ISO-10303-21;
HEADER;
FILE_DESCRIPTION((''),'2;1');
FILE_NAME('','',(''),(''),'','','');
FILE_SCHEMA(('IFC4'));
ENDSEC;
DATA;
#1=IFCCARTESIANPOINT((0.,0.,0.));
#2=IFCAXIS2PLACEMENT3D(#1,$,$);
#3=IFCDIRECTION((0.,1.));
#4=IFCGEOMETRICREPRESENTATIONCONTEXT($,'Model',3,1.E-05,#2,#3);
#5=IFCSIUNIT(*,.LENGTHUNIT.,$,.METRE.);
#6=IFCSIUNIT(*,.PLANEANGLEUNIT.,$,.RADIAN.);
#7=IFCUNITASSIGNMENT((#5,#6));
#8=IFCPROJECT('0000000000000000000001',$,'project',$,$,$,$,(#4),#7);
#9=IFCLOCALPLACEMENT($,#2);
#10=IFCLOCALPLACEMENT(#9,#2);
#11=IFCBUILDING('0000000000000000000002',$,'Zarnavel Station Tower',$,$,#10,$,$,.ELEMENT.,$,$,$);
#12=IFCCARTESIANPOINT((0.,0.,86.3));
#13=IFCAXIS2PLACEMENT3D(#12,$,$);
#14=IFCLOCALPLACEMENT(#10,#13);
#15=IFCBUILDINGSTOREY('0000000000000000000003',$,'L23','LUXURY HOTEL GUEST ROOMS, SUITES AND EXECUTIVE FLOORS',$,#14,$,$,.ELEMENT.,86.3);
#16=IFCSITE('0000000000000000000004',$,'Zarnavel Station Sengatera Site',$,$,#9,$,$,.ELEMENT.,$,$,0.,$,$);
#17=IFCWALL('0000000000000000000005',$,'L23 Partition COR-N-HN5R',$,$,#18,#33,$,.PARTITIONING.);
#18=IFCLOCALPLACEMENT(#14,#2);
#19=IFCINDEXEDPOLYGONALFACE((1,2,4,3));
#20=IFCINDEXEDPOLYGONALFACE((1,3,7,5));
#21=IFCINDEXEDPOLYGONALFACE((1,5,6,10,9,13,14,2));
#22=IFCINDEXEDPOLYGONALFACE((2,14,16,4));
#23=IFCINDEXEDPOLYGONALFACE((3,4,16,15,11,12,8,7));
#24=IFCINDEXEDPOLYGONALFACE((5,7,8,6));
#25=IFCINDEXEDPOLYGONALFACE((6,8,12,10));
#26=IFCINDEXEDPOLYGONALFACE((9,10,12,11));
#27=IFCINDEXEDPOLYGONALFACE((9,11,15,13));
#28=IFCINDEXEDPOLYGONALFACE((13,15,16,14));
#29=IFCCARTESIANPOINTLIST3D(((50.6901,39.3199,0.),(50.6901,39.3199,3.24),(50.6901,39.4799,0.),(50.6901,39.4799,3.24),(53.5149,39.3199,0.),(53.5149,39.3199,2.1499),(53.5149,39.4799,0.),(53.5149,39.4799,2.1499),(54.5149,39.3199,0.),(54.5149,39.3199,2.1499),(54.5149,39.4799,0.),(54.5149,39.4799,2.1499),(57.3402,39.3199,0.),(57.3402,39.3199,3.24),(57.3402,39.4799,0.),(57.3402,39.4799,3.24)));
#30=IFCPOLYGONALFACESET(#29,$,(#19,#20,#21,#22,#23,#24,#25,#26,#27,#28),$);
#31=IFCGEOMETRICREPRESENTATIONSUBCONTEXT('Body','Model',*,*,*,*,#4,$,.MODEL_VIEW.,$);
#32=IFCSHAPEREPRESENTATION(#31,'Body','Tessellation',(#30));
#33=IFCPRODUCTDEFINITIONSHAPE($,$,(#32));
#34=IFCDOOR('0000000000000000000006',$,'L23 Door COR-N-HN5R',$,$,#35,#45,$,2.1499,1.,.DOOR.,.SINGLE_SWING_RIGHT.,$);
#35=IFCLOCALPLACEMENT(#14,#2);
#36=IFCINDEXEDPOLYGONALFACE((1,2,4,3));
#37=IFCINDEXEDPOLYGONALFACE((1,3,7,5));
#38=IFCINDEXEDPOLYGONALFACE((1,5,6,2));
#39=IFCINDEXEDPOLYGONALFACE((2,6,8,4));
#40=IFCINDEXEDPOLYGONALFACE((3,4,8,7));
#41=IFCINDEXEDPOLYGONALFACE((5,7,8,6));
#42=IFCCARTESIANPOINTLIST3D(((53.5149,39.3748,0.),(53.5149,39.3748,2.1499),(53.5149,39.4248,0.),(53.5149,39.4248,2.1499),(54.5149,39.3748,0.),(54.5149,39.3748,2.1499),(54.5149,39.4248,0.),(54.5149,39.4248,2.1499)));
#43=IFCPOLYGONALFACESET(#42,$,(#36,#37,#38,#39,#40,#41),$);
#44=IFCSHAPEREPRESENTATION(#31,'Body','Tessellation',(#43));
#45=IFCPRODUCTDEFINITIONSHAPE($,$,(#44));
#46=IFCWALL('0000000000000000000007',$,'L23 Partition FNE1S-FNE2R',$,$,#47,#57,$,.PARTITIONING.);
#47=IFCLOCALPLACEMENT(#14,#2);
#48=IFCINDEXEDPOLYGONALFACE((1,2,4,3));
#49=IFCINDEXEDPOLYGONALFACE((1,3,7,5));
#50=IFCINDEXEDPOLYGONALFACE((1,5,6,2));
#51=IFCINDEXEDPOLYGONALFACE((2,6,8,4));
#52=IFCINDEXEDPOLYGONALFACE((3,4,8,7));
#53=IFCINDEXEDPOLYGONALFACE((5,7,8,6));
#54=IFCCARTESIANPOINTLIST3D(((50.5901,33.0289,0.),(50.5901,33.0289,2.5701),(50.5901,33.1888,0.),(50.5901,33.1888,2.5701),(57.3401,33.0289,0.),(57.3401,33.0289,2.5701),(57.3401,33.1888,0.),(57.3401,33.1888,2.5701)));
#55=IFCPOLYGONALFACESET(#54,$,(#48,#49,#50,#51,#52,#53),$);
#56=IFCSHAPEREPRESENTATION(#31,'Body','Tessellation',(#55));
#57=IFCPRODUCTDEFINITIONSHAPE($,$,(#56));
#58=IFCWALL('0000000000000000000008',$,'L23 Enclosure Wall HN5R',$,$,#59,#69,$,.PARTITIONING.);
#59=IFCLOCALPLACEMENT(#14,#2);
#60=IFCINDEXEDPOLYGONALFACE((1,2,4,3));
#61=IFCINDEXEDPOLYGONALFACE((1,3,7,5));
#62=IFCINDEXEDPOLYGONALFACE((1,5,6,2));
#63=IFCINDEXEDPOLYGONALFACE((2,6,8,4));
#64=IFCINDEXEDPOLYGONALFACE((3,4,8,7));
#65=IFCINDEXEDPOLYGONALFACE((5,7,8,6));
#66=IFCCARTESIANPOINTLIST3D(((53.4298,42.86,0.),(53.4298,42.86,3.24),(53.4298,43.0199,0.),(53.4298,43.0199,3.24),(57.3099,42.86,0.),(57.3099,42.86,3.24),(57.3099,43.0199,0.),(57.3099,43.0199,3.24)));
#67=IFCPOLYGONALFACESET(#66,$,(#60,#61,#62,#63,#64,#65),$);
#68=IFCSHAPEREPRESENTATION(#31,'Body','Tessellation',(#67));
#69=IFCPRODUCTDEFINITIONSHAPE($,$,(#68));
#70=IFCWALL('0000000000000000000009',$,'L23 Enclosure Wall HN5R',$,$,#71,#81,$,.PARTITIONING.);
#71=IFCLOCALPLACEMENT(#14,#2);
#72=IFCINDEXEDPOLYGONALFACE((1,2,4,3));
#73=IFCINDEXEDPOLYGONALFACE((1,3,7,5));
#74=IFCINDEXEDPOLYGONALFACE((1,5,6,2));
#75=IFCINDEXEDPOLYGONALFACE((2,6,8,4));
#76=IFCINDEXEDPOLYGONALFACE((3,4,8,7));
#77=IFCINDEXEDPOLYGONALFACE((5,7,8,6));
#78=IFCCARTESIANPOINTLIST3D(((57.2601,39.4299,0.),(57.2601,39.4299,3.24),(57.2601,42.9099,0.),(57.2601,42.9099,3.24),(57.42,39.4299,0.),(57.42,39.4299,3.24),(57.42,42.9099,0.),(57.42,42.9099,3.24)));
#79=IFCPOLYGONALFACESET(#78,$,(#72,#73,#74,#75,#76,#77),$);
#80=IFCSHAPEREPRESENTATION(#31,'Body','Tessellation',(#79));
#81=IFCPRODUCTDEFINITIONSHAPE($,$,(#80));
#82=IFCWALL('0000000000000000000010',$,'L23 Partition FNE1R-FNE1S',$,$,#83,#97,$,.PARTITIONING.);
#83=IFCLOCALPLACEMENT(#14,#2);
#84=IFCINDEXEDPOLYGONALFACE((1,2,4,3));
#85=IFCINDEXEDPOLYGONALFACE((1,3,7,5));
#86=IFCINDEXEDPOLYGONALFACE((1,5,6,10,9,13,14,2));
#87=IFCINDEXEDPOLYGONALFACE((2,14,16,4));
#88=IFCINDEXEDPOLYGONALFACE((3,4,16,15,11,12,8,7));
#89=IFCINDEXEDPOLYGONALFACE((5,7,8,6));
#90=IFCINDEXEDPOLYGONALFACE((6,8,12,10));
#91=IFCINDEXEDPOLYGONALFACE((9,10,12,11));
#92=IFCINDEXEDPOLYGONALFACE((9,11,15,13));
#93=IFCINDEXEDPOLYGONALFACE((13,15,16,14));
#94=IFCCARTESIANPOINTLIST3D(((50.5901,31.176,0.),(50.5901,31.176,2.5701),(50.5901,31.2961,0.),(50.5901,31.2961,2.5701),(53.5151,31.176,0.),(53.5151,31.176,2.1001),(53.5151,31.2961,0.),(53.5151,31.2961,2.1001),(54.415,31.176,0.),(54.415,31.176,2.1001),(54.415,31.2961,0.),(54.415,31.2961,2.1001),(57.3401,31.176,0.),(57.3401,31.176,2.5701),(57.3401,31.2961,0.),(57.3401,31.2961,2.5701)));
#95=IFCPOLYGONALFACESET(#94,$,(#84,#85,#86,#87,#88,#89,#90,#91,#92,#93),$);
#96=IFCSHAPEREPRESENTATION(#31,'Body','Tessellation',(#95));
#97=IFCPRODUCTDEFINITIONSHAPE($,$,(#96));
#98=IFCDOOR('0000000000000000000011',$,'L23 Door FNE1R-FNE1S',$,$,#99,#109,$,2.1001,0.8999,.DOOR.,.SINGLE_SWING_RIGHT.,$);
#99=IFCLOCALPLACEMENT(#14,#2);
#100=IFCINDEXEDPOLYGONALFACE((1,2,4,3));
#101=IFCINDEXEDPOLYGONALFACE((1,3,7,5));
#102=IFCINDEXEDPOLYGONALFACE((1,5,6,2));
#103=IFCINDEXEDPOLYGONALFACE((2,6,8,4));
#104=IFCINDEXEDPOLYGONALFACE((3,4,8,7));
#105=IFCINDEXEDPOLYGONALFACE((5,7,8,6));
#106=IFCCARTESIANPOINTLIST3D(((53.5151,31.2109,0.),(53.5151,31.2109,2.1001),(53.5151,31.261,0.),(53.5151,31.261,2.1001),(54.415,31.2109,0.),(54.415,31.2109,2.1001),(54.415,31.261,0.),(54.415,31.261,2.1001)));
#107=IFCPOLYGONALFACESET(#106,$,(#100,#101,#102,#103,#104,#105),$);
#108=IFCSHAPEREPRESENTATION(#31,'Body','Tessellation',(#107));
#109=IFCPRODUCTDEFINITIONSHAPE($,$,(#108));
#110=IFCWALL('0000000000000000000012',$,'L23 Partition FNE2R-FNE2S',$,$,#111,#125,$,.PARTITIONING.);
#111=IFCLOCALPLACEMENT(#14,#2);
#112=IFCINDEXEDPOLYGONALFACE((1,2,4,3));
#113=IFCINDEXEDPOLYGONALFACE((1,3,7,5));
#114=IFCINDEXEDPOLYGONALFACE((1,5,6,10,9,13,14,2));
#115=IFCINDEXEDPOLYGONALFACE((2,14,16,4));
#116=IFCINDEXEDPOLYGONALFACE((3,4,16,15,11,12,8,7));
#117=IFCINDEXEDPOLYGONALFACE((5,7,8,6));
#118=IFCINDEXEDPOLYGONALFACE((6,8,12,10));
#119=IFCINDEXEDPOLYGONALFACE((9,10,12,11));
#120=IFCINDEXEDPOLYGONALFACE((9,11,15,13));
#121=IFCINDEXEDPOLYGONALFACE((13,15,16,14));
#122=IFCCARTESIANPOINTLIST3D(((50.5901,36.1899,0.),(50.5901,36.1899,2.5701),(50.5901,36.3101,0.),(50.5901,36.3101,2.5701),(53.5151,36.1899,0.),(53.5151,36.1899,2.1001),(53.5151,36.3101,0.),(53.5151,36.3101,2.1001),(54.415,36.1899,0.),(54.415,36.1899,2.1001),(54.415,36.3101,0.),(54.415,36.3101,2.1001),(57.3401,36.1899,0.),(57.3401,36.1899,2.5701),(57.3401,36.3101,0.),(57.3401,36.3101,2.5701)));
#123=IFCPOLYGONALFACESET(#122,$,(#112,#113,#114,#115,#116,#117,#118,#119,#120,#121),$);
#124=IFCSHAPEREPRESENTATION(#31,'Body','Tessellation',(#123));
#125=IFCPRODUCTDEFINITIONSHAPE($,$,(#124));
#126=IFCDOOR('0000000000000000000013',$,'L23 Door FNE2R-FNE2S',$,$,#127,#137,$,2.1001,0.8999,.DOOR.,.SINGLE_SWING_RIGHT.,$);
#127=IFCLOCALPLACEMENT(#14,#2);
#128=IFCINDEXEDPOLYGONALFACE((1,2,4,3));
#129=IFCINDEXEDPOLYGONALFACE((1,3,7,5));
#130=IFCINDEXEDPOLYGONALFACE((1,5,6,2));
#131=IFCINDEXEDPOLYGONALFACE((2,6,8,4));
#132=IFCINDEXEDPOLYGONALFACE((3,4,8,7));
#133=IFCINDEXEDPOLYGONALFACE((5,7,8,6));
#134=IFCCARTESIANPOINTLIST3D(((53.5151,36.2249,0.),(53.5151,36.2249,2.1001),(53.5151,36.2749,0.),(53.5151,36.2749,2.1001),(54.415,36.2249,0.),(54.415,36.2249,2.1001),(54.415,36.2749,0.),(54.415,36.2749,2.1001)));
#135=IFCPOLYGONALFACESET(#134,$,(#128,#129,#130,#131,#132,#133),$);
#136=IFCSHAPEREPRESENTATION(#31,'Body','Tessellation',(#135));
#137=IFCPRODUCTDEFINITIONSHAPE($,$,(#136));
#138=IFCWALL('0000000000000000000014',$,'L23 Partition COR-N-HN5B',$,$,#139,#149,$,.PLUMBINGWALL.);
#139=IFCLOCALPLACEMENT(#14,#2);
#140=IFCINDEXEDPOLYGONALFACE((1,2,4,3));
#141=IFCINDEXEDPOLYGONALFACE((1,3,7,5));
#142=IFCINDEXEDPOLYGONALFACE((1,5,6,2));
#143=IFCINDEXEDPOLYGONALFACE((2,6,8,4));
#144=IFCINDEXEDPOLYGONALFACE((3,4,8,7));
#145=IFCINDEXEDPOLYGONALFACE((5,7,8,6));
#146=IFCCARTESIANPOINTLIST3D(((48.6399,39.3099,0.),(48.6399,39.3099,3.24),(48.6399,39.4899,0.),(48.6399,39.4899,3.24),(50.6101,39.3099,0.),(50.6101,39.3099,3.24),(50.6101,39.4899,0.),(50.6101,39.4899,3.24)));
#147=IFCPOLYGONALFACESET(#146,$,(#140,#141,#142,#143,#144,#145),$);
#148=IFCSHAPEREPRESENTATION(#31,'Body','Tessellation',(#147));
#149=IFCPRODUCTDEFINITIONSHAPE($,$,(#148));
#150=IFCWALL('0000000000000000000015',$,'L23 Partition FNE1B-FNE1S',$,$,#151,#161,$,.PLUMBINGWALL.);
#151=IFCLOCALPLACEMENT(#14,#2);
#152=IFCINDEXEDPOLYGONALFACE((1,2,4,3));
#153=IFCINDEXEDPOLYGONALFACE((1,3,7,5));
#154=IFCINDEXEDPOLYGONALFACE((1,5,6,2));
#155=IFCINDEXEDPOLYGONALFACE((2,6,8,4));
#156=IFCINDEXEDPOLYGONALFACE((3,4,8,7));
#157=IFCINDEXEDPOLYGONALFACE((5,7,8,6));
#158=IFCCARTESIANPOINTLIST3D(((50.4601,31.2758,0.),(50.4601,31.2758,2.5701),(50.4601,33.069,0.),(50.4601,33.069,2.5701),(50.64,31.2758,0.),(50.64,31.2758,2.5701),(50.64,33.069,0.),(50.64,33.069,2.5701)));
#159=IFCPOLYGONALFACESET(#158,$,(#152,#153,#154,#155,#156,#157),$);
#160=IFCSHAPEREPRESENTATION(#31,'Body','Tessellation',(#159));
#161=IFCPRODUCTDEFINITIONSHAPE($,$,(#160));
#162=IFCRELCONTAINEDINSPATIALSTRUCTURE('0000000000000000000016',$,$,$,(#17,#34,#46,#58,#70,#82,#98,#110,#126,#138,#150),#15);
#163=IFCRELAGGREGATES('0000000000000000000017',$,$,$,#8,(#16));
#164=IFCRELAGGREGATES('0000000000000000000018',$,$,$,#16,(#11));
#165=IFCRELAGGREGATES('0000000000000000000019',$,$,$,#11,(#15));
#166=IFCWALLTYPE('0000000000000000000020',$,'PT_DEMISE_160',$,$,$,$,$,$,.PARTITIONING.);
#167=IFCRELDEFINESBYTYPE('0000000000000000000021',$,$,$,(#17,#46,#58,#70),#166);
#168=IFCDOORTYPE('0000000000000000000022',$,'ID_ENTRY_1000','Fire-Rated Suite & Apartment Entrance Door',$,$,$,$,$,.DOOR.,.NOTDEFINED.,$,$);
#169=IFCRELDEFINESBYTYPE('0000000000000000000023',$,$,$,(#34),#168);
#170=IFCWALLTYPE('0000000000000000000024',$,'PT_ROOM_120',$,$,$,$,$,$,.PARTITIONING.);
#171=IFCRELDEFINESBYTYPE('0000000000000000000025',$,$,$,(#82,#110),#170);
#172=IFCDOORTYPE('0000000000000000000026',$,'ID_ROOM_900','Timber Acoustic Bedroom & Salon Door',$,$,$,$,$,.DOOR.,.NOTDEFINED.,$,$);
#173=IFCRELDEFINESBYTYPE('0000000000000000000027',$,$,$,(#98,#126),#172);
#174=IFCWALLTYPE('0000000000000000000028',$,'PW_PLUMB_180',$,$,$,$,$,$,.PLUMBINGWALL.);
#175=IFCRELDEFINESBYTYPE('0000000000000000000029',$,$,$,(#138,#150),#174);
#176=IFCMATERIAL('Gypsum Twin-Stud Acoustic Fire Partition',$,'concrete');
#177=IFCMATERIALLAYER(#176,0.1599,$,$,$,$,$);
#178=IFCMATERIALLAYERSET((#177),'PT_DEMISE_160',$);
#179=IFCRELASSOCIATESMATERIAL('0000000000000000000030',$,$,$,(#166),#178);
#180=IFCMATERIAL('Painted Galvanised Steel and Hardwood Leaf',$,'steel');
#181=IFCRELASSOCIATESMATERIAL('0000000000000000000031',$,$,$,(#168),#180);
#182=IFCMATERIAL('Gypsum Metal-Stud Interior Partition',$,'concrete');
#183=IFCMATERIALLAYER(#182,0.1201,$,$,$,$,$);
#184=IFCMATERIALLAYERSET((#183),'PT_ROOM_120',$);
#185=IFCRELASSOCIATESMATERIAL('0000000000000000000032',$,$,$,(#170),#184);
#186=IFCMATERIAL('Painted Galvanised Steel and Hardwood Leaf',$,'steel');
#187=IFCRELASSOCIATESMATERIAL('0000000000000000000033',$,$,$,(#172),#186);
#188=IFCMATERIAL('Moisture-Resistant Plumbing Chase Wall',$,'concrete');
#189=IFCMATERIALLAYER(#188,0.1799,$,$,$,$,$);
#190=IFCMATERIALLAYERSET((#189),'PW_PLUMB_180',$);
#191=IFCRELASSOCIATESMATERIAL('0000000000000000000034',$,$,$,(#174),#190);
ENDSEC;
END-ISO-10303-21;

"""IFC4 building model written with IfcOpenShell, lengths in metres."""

from ifc_helpers import new_model, si_unit, direction, frame, frame_2d, origin, place, context, subcontext, project, spatial, rectangle, extrude, material, layer, layer_set, type_object, element, fill, save


model = new_model("IFC4")

# Units and contexts
model_context = context("Model", 3, precision=1e-05, world=origin(), true_north=direction((0.0, 1.0)))
body_context = subcontext(model_context, "Body", "Model", "MODEL_VIEW")
ifc_project = project(units=[si_unit("LENGTHUNIT", "METRE"), si_unit("PLANEANGLEUNIT", "RADIAN")], contexts=[model_context])

# Site, building, storey
site_placement = place(None, origin())
site = spatial("IfcSite", under=ifc_project, at=site_placement, Name="Zarnavel Station Sengatera Site", CompositionType="ELEMENT", RefElevation=0.0)
building_placement = place(site_placement, origin())
building = spatial("IfcBuilding", under=site, at=building_placement, Name="Zarnavel Station Tower", CompositionType="ELEMENT")
storey_placement = place(building_placement, frame((0.0, 0.0, 86.3)))
storey = spatial("IfcBuildingStorey", under=building, at=storey_placement, Name="L23", Description="LUXURY HOTEL GUEST ROOMS, SUITES AND EXECUTIVE FLOORS", CompositionType="ELEMENT", Elevation=86.3)

# Shared definitions
ifc_material_1 = material(Name="Gypsum Twin-Stud Acoustic Fire Partition", Category="concrete")
ifc_layer_1 = layer(ifc_material_1, 0.1599)
ifc_layer_set_1 = layer_set([ifc_layer_1], Name="PT_DEMISE_160")
wall_type_1 = type_object("IfcWallType", Name="PT_DEMISE_160", PredefinedType="PARTITIONING", material=ifc_layer_set_1)

# Wall, opening, door
wall_1_placement = place(storey_placement, frame((50.6899, 39.3999, 0.0), z_axis=(0.0, 0.0, 1.0), x_axis=(1.0, 0.0, 0.0)))
wall_1 = element("IfcWall", 1, at=wall_1_placement, inside=storey, type_object=wall_type_1, Name="L23 Partition COR-N-HN5R", PredefinedType="PARTITIONING", context=body_context, shape_type="SweptSolid", body=[
    extrude(rectangle(XDim=6.6501, YDim=0.1599, at=frame_2d((3.3252, 0.0))), origin(), (0.0, 0.0, 1.0), 3.24),
])
opening_1_placement = place(wall_1_placement, frame((2.825, 0.0, 0.0)))
opening_1 = element("IfcOpeningElement", 2, at=opening_1_placement, cuts=wall_1, PredefinedType="OPENING", context=body_context, shape_type="SweptSolid", body=[
    extrude(rectangle(XDim=1.0, YDim=2.1499, at=frame_2d((0.5, 1.075))), frame((0.0, 0.0898, 0.0), z_axis=(0.0, -1.0, 0.0), x_axis=(1.0, 0.0, 0.0)), (0.0, 0.0, 1.0), 0.1799),
])
ifc_material_2 = material(Name="Painted Galvanised Steel and Hardwood Leaf", Category="steel")
door_type_1 = type_object("IfcDoorType", Name="ID_ENTRY_1000", Description="Fire-Rated Suite & Apartment Entrance Door", OperationType="NOTDEFINED", PredefinedType="DOOR", material=ifc_material_2)
door_1_placement = place(opening_1_placement, origin())
door_1 = element("IfcDoor", 3, at=door_1_placement, inside=storey, type_object=door_type_1, Name="L23 Door COR-N-HN5R", OperationType="SINGLE_SWING_RIGHT", OverallHeight=2.1499, OverallWidth=1.0, PredefinedType="DOOR", context=body_context, shape_type="SweptSolid", body=[
    extrude(rectangle(XDim=1.0, YDim=2.1499, at=frame_2d((0.5, 1.075))), frame((0.0, 0.0249, 0.0), z_axis=(0.0, -1.0, 0.0), x_axis=(1.0, 0.0, 0.0)), (0.0, 0.0, 1.0), 0.05),
])
fill(opening_1, door_1)

# Walls
wall_2_placement = place(storey_placement, frame((50.5901, 33.1089, 0.0), z_axis=(0.0, 0.0, 1.0), x_axis=(1.0, 0.0, 0.0)))
element("IfcWall", 4, at=wall_2_placement, inside=storey, type_object=wall_type_1, Name="L23 Partition FNE1S-FNE2R", PredefinedType="PARTITIONING", context=body_context, shape_type="SweptSolid", body=[
    extrude(rectangle(XDim=6.75, YDim=0.1599, at=frame_2d((3.375, 0.0))), origin(), (0.0, 0.0, 1.0), 2.5701),
])
wall_3_placement = place(storey_placement, frame((53.4299, 42.9399, 0.0), z_axis=(0.0, 0.0, 1.0), x_axis=(1.0, 0.0, 0.0)))
element("IfcWall", 5, at=wall_3_placement, inside=storey, type_object=wall_type_1, Name="L23 Enclosure Wall HN5R", PredefinedType="PARTITIONING", context=body_context, shape_type="SweptSolid", body=[
    extrude(rectangle(XDim=3.8801, YDim=0.1599, at=frame_2d((1.9399, 0.0))), origin(), (0.0, 0.0, 1.0), 3.24),
])
wall_4_placement = place(storey_placement, frame((57.3401, 39.4299, 0.0), z_axis=(0.0, 0.0, 1.0), x_axis=(0.0, 1.0, 0.0)))
element("IfcWall", 6, at=wall_4_placement, inside=storey, type_object=wall_type_1, Name="L23 Enclosure Wall HN5R", PredefinedType="PARTITIONING", context=body_context, shape_type="SweptSolid", body=[
    extrude(rectangle(XDim=3.48, YDim=0.1599, at=frame_2d((1.74, 0.0))), origin(), (0.0, 0.0, 1.0), 3.24),
])

# Walls, openings, doors
ifc_material_3 = material(Name="Gypsum Metal-Stud Interior Partition", Category="concrete")
ifc_layer_2 = layer(ifc_material_3, 0.1201)
ifc_layer_set_2 = layer_set([ifc_layer_2], Name="PT_ROOM_120")
wall_type_2 = type_object("IfcWallType", Name="PT_ROOM_120", PredefinedType="PARTITIONING", material=ifc_layer_set_2)
wall_5_placement = place(storey_placement, frame((50.5901, 31.2361, 0.0), z_axis=(0.0, 0.0, 1.0), x_axis=(1.0, 0.0, 0.0)))
wall_5 = element("IfcWall", 7, at=wall_5_placement, inside=storey, type_object=wall_type_2, Name="L23 Partition FNE1R-FNE1S", PredefinedType="PARTITIONING", context=body_context, shape_type="SweptSolid", body=[
    extrude(rectangle(XDim=6.75, YDim=0.1201, at=frame_2d((3.375, 0.0))), origin(), (0.0, 0.0, 1.0), 2.5701),
])
opening_2_placement = place(wall_5_placement, frame((2.925, 0.0, 0.0)))
opening_2 = element("IfcOpeningElement", 8, at=opening_2_placement, cuts=wall_5, PredefinedType="OPENING", context=body_context, shape_type="SweptSolid", body=[
    extrude(rectangle(XDim=0.8999, YDim=2.1001, at=frame_2d((0.45, 1.05))), frame((0.0, 0.0701, 0.0), z_axis=(0.0, -1.0, 0.0), x_axis=(1.0, 0.0, 0.0)), (0.0, 0.0, 1.0), 0.1401),
])
ifc_material_4 = material(Name="Painted Galvanised Steel and Hardwood Leaf", Category="steel")
door_type_2 = type_object("IfcDoorType", Name="ID_ROOM_900", Description="Timber Acoustic Bedroom & Salon Door", OperationType="NOTDEFINED", PredefinedType="DOOR", material=ifc_material_4)
door_2_placement = place(opening_2_placement, origin())
door_2 = element("IfcDoor", 9, at=door_2_placement, inside=storey, type_object=door_type_2, Name="L23 Door FNE1R-FNE1S", OperationType="SINGLE_SWING_RIGHT", OverallHeight=2.1001, OverallWidth=0.8999, PredefinedType="DOOR", context=body_context, shape_type="SweptSolid", body=[
    extrude(rectangle(XDim=0.8999, YDim=2.1001, at=frame_2d((0.45, 1.05))), frame((0.0, 0.0249, 0.0), z_axis=(0.0, -1.0, 0.0), x_axis=(1.0, 0.0, 0.0)), (0.0, 0.0, 1.0), 0.05),
])
fill(opening_2, door_2)
wall_6_placement = place(storey_placement, frame((50.5901, 36.25, 0.0), z_axis=(0.0, 0.0, 1.0), x_axis=(1.0, 0.0, 0.0)))
wall_6 = element("IfcWall", 10, at=wall_6_placement, inside=storey, type_object=wall_type_2, Name="L23 Partition FNE2R-FNE2S", PredefinedType="PARTITIONING", context=body_context, shape_type="SweptSolid", body=[
    extrude(rectangle(XDim=6.75, YDim=0.1201, at=frame_2d((3.375, 0.0))), origin(), (0.0, 0.0, 1.0), 2.5701),
])
opening_3_placement = place(wall_6_placement, frame((2.925, 0.0, 0.0)))
opening_3 = element("IfcOpeningElement", 11, at=opening_3_placement, cuts=wall_6, PredefinedType="OPENING", context=body_context, shape_type="SweptSolid", body=[
    extrude(rectangle(XDim=0.8999, YDim=2.1001, at=frame_2d((0.45, 1.05))), frame((0.0, 0.0701, 0.0), z_axis=(0.0, -1.0, 0.0), x_axis=(1.0, 0.0, 0.0)), (0.0, 0.0, 1.0), 0.1401),
])
door_3_placement = place(opening_3_placement, origin())
door_3 = element("IfcDoor", 12, at=door_3_placement, inside=storey, type_object=door_type_2, Name="L23 Door FNE2R-FNE2S", OperationType="SINGLE_SWING_RIGHT", OverallHeight=2.1001, OverallWidth=0.8999, PredefinedType="DOOR", context=body_context, shape_type="SweptSolid", body=[
    extrude(rectangle(XDim=0.8999, YDim=2.1001, at=frame_2d((0.45, 1.05))), frame((0.0, 0.0249, 0.0), z_axis=(0.0, -1.0, 0.0), x_axis=(1.0, 0.0, 0.0)), (0.0, 0.0, 1.0), 0.05),
])
fill(opening_3, door_3)

# Walls
ifc_material_5 = material(Name="Moisture-Resistant Plumbing Chase Wall", Category="concrete")
ifc_layer_3 = layer(ifc_material_5, 0.1799)
ifc_layer_set_3 = layer_set([ifc_layer_3], Name="PW_PLUMB_180")
wall_type_3 = type_object("IfcWallType", Name="PW_PLUMB_180", PredefinedType="PLUMBINGWALL", material=ifc_layer_set_3)
wall_7_placement = place(storey_placement, frame((48.6399, 39.3999, 0.0), z_axis=(0.0, 0.0, 1.0), x_axis=(1.0, 0.0, 0.0)))
element("IfcWall", 13, at=wall_7_placement, inside=storey, type_object=wall_type_3, Name="L23 Partition COR-N-HN5B", PredefinedType="PLUMBINGWALL", context=body_context, shape_type="SweptSolid", body=[
    extrude(rectangle(XDim=1.9702, YDim=0.1799, at=frame_2d((0.9851, 0.0))), origin(), (0.0, 0.0, 1.0), 3.24),
])
wall_8_placement = place(storey_placement, frame((50.55, 31.2759, 0.0), z_axis=(0.0, 0.0, 1.0), x_axis=(0.0, 1.0, 0.0)))
element("IfcWall", 14, at=wall_8_placement, inside=storey, type_object=wall_type_3, Name="L23 Partition FNE1B-FNE1S", PredefinedType="PLUMBINGWALL", context=body_context, shape_type="SweptSolid", body=[
    extrude(rectangle(XDim=1.7932, YDim=0.1799, at=frame_2d((0.8965, 0.0))), origin(), (0.0, 0.0, 1.0), 2.5701),
])

save(model, "model.ifc")
